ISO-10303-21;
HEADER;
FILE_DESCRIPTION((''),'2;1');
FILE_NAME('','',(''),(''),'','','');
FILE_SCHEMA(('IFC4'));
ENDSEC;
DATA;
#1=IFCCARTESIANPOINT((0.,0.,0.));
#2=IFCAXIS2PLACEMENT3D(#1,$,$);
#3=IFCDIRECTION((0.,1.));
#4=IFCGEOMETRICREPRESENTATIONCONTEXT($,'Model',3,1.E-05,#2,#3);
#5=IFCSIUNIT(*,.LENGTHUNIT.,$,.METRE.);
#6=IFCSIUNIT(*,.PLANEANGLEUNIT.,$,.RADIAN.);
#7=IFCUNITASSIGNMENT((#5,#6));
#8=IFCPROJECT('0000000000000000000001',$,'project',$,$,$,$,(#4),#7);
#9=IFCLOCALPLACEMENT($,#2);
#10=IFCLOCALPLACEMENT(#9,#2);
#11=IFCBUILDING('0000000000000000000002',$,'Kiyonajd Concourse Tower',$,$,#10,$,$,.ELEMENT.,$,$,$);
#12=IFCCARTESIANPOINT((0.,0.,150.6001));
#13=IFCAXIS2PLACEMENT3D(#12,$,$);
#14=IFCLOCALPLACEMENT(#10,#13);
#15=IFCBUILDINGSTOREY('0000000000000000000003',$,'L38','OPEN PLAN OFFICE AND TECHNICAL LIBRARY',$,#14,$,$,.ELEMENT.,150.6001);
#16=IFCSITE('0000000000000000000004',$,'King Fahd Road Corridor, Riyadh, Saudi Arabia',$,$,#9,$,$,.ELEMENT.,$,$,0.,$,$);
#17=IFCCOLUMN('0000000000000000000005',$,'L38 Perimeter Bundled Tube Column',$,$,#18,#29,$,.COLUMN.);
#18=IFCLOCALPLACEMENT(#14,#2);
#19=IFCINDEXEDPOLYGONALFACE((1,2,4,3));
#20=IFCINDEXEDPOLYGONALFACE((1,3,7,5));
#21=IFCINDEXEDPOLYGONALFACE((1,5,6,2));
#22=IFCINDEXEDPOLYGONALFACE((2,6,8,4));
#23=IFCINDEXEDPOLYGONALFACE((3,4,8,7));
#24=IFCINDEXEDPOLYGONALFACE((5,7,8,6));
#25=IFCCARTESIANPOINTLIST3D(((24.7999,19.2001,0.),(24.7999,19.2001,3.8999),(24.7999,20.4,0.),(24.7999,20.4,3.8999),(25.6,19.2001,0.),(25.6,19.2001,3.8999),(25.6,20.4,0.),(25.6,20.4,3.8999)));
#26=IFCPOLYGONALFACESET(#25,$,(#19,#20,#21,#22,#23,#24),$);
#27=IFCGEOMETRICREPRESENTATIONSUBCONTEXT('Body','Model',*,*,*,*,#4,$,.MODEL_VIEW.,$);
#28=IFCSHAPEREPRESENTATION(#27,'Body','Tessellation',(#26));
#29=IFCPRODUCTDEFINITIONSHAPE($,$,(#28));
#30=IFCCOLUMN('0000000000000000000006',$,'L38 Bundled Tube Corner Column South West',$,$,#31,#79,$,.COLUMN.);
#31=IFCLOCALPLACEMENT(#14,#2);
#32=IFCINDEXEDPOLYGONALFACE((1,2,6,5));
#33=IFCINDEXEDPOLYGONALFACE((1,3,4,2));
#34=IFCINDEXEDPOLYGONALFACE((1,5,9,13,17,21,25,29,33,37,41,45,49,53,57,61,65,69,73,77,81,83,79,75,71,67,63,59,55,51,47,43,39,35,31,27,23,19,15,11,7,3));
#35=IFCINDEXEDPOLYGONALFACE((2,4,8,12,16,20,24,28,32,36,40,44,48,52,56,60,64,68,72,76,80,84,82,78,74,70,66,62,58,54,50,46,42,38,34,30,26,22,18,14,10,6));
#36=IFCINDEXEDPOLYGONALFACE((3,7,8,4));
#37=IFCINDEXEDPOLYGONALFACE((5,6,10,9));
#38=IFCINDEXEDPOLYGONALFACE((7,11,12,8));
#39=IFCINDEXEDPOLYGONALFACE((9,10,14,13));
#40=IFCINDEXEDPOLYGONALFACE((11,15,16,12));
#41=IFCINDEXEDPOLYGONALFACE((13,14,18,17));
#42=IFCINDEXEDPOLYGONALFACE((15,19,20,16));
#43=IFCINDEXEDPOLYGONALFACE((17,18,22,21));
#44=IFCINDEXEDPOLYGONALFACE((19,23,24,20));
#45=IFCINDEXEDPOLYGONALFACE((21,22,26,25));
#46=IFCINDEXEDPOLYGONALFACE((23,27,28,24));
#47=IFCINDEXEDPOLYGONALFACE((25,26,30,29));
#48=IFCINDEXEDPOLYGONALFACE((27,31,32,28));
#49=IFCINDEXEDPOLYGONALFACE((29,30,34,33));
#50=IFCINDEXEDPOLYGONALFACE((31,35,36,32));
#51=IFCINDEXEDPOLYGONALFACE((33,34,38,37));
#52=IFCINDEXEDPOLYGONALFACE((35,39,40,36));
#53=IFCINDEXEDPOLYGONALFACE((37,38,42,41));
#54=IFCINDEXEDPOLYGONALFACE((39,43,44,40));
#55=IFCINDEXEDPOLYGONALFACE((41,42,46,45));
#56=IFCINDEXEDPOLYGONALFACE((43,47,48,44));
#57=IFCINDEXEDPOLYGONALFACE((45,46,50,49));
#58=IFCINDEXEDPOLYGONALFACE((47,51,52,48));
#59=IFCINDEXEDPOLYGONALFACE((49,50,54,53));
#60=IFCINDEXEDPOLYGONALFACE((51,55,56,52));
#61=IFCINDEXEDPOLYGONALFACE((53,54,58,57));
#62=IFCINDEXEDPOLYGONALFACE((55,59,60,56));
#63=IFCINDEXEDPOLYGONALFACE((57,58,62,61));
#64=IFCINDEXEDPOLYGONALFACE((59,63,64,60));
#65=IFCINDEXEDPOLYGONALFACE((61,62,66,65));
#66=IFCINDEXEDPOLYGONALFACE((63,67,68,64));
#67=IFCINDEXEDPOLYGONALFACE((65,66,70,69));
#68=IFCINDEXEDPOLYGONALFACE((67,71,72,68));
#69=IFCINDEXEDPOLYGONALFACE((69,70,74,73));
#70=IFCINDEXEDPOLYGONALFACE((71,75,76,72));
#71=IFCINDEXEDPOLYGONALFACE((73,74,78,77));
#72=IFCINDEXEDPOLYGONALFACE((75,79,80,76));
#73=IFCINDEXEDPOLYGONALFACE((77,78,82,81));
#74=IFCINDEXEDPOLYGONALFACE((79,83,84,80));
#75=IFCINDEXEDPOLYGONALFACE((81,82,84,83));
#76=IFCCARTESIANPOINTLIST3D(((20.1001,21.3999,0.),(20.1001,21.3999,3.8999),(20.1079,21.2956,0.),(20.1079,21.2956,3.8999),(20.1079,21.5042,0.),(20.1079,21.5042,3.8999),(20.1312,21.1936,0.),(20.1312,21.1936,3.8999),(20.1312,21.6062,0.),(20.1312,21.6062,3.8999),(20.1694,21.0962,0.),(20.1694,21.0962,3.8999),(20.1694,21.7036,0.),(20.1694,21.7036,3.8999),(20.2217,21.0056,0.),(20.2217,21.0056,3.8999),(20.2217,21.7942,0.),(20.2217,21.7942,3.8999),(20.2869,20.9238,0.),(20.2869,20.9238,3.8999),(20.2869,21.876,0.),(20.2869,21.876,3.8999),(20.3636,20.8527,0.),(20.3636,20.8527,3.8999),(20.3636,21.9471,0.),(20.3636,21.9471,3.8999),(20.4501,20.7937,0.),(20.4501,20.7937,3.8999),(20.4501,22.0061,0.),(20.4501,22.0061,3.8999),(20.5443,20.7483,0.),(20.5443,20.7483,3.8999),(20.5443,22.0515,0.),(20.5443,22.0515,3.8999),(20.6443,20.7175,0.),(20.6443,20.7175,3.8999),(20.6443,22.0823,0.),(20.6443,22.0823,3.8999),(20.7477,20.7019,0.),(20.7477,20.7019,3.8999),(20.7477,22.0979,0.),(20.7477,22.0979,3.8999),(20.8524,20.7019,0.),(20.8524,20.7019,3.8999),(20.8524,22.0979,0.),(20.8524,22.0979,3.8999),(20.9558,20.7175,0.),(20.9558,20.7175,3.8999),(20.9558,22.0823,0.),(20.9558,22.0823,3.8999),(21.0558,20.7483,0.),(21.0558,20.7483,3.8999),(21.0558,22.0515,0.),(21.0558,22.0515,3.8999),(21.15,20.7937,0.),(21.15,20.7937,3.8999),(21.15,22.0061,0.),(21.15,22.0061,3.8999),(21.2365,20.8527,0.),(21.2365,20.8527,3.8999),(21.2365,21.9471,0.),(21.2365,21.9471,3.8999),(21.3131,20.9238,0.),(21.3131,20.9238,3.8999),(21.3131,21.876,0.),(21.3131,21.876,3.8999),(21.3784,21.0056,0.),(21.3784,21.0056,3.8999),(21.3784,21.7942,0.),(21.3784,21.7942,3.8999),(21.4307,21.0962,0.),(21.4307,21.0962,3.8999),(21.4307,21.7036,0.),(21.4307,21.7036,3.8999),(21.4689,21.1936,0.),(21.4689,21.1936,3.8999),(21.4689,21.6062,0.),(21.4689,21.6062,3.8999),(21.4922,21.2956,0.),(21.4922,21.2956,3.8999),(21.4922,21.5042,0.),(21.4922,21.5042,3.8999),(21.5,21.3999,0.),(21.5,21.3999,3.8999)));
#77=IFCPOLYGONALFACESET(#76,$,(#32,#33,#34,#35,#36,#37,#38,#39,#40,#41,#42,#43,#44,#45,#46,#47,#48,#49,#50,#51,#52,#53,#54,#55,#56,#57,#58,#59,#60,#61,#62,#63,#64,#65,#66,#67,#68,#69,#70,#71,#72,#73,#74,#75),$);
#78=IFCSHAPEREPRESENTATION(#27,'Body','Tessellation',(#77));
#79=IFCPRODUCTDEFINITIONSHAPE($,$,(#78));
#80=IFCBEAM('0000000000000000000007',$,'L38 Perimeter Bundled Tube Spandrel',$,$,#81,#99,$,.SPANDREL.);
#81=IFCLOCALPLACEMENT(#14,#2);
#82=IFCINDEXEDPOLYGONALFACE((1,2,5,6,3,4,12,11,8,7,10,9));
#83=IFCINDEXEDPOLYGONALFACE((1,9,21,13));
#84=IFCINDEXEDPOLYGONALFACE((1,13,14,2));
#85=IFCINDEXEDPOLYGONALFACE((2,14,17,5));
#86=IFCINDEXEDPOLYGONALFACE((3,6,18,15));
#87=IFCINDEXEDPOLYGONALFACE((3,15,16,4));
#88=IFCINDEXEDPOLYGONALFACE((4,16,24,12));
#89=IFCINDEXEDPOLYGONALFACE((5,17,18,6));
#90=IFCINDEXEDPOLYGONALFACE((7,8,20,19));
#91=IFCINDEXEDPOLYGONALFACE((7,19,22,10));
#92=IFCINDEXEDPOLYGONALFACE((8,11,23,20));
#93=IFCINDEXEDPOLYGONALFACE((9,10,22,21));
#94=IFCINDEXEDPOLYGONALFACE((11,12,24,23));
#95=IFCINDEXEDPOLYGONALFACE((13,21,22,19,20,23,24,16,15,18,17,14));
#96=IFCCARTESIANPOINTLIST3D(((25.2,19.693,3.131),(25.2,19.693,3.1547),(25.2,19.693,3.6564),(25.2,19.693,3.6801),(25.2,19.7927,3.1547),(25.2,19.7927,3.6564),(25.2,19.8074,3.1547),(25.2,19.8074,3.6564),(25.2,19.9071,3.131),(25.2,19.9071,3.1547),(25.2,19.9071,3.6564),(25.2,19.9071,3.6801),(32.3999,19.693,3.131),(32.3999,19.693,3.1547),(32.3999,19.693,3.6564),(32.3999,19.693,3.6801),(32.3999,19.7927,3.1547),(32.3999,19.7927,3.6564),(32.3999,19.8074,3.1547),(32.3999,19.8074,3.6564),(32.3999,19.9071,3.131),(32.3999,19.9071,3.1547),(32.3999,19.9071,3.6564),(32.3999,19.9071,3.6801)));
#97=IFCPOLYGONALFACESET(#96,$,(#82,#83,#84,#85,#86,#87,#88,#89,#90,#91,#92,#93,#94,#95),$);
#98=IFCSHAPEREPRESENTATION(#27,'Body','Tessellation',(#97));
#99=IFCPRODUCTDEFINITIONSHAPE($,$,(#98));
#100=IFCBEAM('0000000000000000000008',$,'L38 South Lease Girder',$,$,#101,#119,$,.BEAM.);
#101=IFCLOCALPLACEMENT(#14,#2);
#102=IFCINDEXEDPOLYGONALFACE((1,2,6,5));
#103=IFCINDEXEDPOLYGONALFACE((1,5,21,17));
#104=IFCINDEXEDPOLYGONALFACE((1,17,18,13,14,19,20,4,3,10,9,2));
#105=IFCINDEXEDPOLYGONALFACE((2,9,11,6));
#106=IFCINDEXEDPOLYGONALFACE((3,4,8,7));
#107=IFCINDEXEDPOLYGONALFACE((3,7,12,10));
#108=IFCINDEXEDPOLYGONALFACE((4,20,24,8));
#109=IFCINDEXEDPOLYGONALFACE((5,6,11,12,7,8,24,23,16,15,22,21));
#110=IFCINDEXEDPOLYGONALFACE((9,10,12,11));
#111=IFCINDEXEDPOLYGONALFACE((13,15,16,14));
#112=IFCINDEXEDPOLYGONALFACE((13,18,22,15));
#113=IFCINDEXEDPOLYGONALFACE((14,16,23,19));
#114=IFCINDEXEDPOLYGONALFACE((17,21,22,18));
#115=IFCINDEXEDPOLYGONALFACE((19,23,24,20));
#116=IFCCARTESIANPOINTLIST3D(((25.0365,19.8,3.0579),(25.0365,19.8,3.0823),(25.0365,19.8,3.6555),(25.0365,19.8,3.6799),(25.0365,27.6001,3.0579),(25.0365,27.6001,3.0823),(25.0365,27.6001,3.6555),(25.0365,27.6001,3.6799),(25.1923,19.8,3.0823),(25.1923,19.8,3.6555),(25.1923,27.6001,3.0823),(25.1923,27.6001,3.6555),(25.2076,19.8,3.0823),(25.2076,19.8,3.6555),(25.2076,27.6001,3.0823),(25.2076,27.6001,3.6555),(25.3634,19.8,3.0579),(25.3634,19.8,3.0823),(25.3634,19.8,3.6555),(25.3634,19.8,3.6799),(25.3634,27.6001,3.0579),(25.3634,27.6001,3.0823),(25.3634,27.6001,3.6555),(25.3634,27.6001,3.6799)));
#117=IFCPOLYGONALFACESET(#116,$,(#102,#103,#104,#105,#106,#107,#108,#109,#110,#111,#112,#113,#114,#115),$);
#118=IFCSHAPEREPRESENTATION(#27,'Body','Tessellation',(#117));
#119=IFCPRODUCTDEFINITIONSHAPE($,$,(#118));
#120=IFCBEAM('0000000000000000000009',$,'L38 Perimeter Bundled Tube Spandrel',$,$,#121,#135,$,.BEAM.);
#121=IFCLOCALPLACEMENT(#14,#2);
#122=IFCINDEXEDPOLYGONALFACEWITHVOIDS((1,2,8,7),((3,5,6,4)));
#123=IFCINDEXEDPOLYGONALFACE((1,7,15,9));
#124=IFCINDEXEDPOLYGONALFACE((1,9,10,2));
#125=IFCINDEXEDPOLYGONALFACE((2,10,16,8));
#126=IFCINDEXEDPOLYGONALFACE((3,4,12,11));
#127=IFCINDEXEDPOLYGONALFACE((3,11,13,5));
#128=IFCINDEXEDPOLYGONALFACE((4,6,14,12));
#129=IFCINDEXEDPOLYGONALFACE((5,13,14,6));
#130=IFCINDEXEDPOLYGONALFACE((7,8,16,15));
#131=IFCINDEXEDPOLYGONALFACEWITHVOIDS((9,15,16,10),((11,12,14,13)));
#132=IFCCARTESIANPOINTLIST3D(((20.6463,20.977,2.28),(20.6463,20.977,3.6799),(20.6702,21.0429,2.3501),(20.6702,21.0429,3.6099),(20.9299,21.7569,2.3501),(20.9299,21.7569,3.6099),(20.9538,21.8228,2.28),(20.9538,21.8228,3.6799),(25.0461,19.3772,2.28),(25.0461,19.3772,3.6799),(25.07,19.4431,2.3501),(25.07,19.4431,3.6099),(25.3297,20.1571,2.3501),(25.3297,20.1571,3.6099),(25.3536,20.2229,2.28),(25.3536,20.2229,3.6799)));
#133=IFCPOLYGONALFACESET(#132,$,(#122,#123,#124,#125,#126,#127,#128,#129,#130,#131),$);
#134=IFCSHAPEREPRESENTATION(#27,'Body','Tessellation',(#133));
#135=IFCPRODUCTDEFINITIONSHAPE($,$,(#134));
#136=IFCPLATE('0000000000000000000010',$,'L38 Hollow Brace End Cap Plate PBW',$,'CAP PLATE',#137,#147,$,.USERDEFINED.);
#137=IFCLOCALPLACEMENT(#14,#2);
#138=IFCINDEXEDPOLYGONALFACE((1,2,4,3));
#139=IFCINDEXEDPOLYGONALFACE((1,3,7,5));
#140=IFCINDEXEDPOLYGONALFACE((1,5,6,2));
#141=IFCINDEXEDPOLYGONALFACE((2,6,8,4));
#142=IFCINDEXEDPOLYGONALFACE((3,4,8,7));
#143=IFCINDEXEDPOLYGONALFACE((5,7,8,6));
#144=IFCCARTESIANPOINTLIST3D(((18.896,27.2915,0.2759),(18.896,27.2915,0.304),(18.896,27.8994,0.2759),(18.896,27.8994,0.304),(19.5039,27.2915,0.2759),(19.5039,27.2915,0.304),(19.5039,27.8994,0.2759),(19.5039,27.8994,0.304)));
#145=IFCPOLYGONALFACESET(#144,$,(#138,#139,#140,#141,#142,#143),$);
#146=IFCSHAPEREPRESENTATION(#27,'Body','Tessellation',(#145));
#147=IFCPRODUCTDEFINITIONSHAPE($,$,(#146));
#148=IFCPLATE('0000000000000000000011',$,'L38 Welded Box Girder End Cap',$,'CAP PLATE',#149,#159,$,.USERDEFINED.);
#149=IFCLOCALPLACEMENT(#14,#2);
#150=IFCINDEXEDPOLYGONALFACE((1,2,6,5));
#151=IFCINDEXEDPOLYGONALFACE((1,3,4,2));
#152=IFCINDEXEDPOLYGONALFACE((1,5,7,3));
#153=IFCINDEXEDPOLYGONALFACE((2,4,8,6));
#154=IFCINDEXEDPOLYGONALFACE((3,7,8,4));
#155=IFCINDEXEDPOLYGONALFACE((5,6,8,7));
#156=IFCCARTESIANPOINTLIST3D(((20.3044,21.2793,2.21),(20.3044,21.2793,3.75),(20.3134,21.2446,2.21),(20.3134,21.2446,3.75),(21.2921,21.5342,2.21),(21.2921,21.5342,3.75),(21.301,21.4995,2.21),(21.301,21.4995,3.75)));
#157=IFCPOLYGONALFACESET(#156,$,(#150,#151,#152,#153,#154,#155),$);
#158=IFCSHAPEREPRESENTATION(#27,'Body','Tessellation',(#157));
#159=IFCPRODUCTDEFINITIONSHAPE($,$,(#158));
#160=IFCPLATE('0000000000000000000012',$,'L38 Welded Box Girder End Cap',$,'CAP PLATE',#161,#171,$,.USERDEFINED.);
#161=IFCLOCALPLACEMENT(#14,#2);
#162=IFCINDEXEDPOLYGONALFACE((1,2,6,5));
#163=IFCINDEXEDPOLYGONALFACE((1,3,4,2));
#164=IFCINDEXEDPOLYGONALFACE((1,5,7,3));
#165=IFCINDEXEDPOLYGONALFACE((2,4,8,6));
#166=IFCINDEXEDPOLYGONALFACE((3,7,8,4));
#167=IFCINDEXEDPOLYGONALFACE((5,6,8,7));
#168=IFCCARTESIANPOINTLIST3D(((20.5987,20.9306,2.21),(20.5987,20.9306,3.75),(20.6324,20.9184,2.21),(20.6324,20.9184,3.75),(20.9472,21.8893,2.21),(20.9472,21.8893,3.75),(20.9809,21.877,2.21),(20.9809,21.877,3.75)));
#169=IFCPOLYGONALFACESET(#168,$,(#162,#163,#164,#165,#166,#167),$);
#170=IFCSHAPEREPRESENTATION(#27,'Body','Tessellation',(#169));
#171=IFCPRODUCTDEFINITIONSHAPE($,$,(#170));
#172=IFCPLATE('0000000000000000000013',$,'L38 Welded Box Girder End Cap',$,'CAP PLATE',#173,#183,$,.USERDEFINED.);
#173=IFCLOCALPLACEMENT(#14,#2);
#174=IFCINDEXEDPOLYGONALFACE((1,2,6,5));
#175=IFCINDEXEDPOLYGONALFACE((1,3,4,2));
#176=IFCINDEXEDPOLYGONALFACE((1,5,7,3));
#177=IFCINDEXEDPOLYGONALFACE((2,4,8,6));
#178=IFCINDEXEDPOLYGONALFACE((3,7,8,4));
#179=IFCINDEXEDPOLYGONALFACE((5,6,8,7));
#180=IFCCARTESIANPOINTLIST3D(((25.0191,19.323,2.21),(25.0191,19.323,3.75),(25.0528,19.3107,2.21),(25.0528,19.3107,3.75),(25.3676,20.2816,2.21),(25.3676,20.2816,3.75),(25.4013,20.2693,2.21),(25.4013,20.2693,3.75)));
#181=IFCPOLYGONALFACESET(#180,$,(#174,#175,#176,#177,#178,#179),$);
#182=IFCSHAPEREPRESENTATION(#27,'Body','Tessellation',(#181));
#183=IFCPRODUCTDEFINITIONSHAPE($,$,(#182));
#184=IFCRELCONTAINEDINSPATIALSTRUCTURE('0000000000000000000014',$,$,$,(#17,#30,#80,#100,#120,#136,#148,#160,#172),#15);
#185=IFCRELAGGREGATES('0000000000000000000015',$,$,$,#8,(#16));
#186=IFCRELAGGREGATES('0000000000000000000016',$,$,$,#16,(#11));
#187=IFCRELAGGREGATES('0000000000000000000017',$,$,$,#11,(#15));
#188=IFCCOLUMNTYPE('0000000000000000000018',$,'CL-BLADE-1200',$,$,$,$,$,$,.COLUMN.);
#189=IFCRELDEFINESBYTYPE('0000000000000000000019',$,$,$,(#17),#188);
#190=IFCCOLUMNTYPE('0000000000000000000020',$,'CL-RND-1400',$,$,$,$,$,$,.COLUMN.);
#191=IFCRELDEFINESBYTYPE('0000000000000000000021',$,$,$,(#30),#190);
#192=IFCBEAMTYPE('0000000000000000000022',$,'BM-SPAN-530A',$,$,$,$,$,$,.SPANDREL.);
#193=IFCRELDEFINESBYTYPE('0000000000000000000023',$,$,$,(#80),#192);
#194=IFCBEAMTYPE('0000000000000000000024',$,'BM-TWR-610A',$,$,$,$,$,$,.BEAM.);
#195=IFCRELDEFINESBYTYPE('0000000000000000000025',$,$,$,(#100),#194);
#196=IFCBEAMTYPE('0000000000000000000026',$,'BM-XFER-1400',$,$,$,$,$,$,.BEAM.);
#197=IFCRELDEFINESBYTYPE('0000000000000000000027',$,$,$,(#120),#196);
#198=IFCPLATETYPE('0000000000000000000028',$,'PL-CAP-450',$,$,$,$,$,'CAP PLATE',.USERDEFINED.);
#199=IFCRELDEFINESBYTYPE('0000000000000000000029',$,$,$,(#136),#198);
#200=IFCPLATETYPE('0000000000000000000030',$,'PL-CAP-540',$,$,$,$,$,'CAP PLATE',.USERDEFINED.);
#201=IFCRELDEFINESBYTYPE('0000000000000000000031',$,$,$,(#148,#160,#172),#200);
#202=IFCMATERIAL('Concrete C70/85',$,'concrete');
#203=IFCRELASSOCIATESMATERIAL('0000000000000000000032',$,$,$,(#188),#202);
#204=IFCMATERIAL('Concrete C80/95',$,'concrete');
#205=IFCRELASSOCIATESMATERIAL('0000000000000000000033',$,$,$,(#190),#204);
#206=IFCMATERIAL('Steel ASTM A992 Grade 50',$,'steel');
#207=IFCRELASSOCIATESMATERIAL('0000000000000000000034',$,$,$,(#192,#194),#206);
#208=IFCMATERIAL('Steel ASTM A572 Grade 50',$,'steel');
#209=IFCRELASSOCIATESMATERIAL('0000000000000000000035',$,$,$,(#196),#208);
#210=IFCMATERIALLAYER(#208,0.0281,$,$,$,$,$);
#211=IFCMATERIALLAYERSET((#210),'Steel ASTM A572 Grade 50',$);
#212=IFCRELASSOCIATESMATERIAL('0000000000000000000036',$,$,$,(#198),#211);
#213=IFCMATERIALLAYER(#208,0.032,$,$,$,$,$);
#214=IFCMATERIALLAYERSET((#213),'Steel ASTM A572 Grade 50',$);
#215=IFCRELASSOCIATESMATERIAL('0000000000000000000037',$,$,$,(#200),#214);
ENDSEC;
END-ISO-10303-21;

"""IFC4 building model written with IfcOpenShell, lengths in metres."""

from ifc_helpers import new_model, si_unit, direction, frame, origin, origin_2d, place, context, subcontext, project, spatial, rectangle, hollow_rectangle, circle, i_section, extrude, material, layer, layer_set, material_profile, profile_set, type_object, element, save


model = new_model("IFC4")

# Units and contexts
model_context = context("Model", 3, precision=1e-05, world=origin(), true_north=direction((0.0, 1.0)))
body_context = subcontext(model_context, "Body", "Model", "MODEL_VIEW")
ifc_project = project(units=[si_unit("LENGTHUNIT", "METRE"), si_unit("PLANEANGLEUNIT", "RADIAN")], contexts=[model_context])

# Site, building, storey
site_placement = place(None, origin())
site = spatial("IfcSite", under=ifc_project, at=site_placement, Name="King Fahd Road Corridor, Riyadh, Saudi Arabia", CompositionType="ELEMENT", RefElevation=0.0)
building_placement = place(site_placement, origin())
building = spatial("IfcBuilding", under=site, at=building_placement, Name="Kiyonajd Concourse Tower", CompositionType="ELEMENT")
storey_placement = place(building_placement, frame((0.0, 0.0, 150.6001)))
storey = spatial("IfcBuildingStorey", under=building, at=storey_placement, Name="L38", Description="OPEN PLAN OFFICE AND TECHNICAL LIBRARY", CompositionType="ELEMENT", Elevation=150.6001)

# Columns
ifc_material_1 = material(Name="Concrete C70/85", Category="concrete")
ifc_material_profile_1 = material_profile(ifc_material_1, rectangle(XDim=0.8, YDim=1.2, at=origin_2d()), Name="RC-1200x800")
ifc_profile_set_1 = profile_set([ifc_material_profile_1], Name="Concrete C70/85")
column_type_1 = type_object("IfcColumnType", Name="CL-BLADE-1200", PredefinedType="COLUMN", material=ifc_profile_set_1)
column_1_placement = place(storey_placement, frame((25.2, 19.8, 0.0), z_axis=(0.0, 0.0, 1.0), x_axis=(1.0, 0.0, 0.0)))
element("IfcColumn", 1, at=column_1_placement, inside=storey, type_object=column_type_1, Name="L38 Perimeter Bundled Tube Column", PredefinedType="COLUMN", context=body_context, shape_type="SweptSolid", body=[
    extrude(rectangle(XDim=0.8, YDim=1.2, at=origin_2d()), origin(), (0.0, 0.0, 1.0), 3.8999),
])
ifc_material_2 = material(Name="Concrete C80/95", Category="concrete")
ifc_material_profile_2 = material_profile(ifc_material_2, circle(Radius=0.7, at=origin_2d()), Name="RCC-D1400")
ifc_profile_set_2 = profile_set([ifc_material_profile_2], Name="Concrete C80/95")
column_type_2 = type_object("IfcColumnType", Name="CL-RND-1400", PredefinedType="COLUMN", material=ifc_profile_set_2)
column_2_placement = place(storey_placement, frame((20.8, 21.3999, 0.0), z_axis=(0.0, 0.0, 1.0), x_axis=(1.0, 0.0, 0.0)))
element("IfcColumn", 2, at=column_2_placement, inside=storey, type_object=column_type_2, Name="L38 Bundled Tube Corner Column South West", PredefinedType="COLUMN", context=body_context, shape_type="SweptSolid", body=[
    extrude(circle(Radius=0.7, at=origin_2d()), origin(), (0.0, 0.0, 1.0), 3.8999),
])

# Beams
ifc_material_3 = material(Name="Steel ASTM A992 Grade 50", Category="steel")
ifc_material_profile_3 = material_profile(ifc_material_3, i_section(OverallWidth=0.2141, OverallDepth=0.5491, WebThickness=0.0146, FlangeThickness=0.0237, at=origin_2d()), Name="W530X138")
ifc_profile_set_3 = profile_set([ifc_material_profile_3], Name="Steel ASTM A992 Grade 50")
beam_type_1 = type_object("IfcBeamType", Name="BM-SPAN-530A", PredefinedType="SPANDREL", material=ifc_profile_set_3)
beam_1_placement = place(storey_placement, frame((25.2, 19.8, 3.4055), z_axis=(1.0, 0.0, 0.0), x_axis=(0.0, 1.0, 0.0)))
element("IfcBeam", 3, at=beam_1_placement, inside=storey, type_object=beam_type_1, Name="L38 Perimeter Bundled Tube Spandrel", PredefinedType="SPANDREL", context=body_context, shape_type="SweptSolid", body=[
    extrude(i_section(OverallWidth=0.2141, OverallDepth=0.5491, WebThickness=0.0146, FlangeThickness=0.0237, at=origin_2d()), origin(), (0.0, 0.0, 1.0), 7.2),
])
ifc_material_profile_4 = material_profile(ifc_material_3, i_section(OverallWidth=0.3269, OverallDepth=0.6221, WebThickness=0.0154, FlangeThickness=0.0244, at=origin_2d()), Name="W610X195")
ifc_profile_set_4 = profile_set([ifc_material_profile_4], Name="Steel ASTM A992 Grade 50")
beam_type_2 = type_object("IfcBeamType", Name="BM-TWR-610A", PredefinedType="BEAM", material=ifc_profile_set_4)
beam_2_placement = place(storey_placement, frame((25.2, 19.8, 3.3689), z_axis=(0.0, 1.0, 0.0), x_axis=(-1.0, 0.0, 0.0)))
element("IfcBeam", 4, at=beam_2_placement, inside=storey, type_object=beam_type_2, Name="L38 South Lease Girder", PredefinedType="BEAM", context=body_context, shape_type="SweptSolid", body=[
    extrude(i_section(OverallWidth=0.3269, OverallDepth=0.6221, WebThickness=0.0154, FlangeThickness=0.0244, at=origin_2d()), origin(), (0.0, 0.0, 1.0), 7.8),
])
ifc_material_4 = material(Name="Steel ASTM A572 Grade 50", Category="steel")
ifc_material_profile_5 = material_profile(ifc_material_4, hollow_rectangle(XDim=0.8999, YDim=1.3999, WallThickness=0.0701, at=origin_2d()), Name="BOX-1400x900x70")
ifc_profile_set_5 = profile_set([ifc_material_profile_5], Name="Steel ASTM A572 Grade 50")
beam_type_3 = type_object("IfcBeamType", Name="BM-XFER-1400", PredefinedType="BEAM", material=ifc_profile_set_5)
beam_3_placement = place(storey_placement, frame((20.8, 21.3999, 2.98), z_axis=(0.939801, -0.341722, 0.0), x_axis=(0.341722, 0.939801, 0.0)))
element("IfcBeam", 5, at=beam_3_placement, inside=storey, type_object=beam_type_3, Name="L38 Perimeter Bundled Tube Spandrel", PredefinedType="BEAM", context=body_context, shape_type="SweptSolid", body=[
    extrude(hollow_rectangle(XDim=0.8999, YDim=1.3999, WallThickness=0.0701, at=origin_2d()), origin(), (0.0, 0.0, 1.0), 4.6816),
])

# Plates
ifc_layer_1 = layer(ifc_material_4, 0.0281)
ifc_layer_set_1 = layer_set([ifc_layer_1], Name="Steel ASTM A572 Grade 50")
plate_type_1 = type_object("IfcPlateType", Name="PL-CAP-450", ElementType="CAP PLATE", PredefinedType="USERDEFINED", material=ifc_layer_set_1)
plate_placement = place(storey_placement, frame((19.2, 27.5955, 0.2759), z_axis=(0.0, 0.0, 1.0), x_axis=(1.0, 0.0, 0.0)))
element("IfcPlate", 6, at=plate_placement, inside=storey, type_object=plate_type_1, Name="L38 Hollow Brace End Cap Plate PBW", ObjectType="CAP PLATE", PredefinedType="USERDEFINED", context=body_context, shape_type="SweptSolid", body=[
    extrude(rectangle(XDim=0.6079, YDim=0.6079, at=origin_2d()), origin(), (0.0, 0.0, 1.0), 0.0281),
])
ifc_layer_2 = layer(ifc_material_4, 0.032)
ifc_layer_set_2 = layer_set([ifc_layer_2], Name="Steel ASTM A572 Grade 50")
plate_type_2 = type_object("IfcPlateType", Name="PL-CAP-540", ElementType="CAP PLATE", PredefinedType="USERDEFINED", material=ifc_layer_set_2)
for number, where, z_axis, x_axis, name in (
    (7, (20.8027, 21.3894, 2.21), (0.0, 0.0, 1.0), (0.249873, -0.968279, 0.0), "L38 Welded Box Girder End Cap"),
    (8, (20.7898, 21.4038, 2.21), (0.0, 0.0, 1.0), (-0.939812, 0.341692, 0.0), "L38 Welded Box Girder End Cap"),
    (9, (25.2102, 19.7961, 2.21), (0.0, 0.0, 1.0), (0.939812, -0.341692, 0.0), "L38 Welded Box Girder End Cap"),
):
    element("IfcPlate", number, at=place(storey_placement, frame(where, z_axis=z_axis, x_axis=x_axis)), inside=storey, type_object=plate_type_2, Name=name, ObjectType="CAP PLATE", PredefinedType="USERDEFINED", context=body_context, shape_type="SweptSolid", body=[
        extrude(rectangle(XDim=0.0359, YDim=1.02, at=origin_2d()), origin(), (0.0, 0.0, 1.0), 1.54),
    ])

save(model, "model.ifc")
